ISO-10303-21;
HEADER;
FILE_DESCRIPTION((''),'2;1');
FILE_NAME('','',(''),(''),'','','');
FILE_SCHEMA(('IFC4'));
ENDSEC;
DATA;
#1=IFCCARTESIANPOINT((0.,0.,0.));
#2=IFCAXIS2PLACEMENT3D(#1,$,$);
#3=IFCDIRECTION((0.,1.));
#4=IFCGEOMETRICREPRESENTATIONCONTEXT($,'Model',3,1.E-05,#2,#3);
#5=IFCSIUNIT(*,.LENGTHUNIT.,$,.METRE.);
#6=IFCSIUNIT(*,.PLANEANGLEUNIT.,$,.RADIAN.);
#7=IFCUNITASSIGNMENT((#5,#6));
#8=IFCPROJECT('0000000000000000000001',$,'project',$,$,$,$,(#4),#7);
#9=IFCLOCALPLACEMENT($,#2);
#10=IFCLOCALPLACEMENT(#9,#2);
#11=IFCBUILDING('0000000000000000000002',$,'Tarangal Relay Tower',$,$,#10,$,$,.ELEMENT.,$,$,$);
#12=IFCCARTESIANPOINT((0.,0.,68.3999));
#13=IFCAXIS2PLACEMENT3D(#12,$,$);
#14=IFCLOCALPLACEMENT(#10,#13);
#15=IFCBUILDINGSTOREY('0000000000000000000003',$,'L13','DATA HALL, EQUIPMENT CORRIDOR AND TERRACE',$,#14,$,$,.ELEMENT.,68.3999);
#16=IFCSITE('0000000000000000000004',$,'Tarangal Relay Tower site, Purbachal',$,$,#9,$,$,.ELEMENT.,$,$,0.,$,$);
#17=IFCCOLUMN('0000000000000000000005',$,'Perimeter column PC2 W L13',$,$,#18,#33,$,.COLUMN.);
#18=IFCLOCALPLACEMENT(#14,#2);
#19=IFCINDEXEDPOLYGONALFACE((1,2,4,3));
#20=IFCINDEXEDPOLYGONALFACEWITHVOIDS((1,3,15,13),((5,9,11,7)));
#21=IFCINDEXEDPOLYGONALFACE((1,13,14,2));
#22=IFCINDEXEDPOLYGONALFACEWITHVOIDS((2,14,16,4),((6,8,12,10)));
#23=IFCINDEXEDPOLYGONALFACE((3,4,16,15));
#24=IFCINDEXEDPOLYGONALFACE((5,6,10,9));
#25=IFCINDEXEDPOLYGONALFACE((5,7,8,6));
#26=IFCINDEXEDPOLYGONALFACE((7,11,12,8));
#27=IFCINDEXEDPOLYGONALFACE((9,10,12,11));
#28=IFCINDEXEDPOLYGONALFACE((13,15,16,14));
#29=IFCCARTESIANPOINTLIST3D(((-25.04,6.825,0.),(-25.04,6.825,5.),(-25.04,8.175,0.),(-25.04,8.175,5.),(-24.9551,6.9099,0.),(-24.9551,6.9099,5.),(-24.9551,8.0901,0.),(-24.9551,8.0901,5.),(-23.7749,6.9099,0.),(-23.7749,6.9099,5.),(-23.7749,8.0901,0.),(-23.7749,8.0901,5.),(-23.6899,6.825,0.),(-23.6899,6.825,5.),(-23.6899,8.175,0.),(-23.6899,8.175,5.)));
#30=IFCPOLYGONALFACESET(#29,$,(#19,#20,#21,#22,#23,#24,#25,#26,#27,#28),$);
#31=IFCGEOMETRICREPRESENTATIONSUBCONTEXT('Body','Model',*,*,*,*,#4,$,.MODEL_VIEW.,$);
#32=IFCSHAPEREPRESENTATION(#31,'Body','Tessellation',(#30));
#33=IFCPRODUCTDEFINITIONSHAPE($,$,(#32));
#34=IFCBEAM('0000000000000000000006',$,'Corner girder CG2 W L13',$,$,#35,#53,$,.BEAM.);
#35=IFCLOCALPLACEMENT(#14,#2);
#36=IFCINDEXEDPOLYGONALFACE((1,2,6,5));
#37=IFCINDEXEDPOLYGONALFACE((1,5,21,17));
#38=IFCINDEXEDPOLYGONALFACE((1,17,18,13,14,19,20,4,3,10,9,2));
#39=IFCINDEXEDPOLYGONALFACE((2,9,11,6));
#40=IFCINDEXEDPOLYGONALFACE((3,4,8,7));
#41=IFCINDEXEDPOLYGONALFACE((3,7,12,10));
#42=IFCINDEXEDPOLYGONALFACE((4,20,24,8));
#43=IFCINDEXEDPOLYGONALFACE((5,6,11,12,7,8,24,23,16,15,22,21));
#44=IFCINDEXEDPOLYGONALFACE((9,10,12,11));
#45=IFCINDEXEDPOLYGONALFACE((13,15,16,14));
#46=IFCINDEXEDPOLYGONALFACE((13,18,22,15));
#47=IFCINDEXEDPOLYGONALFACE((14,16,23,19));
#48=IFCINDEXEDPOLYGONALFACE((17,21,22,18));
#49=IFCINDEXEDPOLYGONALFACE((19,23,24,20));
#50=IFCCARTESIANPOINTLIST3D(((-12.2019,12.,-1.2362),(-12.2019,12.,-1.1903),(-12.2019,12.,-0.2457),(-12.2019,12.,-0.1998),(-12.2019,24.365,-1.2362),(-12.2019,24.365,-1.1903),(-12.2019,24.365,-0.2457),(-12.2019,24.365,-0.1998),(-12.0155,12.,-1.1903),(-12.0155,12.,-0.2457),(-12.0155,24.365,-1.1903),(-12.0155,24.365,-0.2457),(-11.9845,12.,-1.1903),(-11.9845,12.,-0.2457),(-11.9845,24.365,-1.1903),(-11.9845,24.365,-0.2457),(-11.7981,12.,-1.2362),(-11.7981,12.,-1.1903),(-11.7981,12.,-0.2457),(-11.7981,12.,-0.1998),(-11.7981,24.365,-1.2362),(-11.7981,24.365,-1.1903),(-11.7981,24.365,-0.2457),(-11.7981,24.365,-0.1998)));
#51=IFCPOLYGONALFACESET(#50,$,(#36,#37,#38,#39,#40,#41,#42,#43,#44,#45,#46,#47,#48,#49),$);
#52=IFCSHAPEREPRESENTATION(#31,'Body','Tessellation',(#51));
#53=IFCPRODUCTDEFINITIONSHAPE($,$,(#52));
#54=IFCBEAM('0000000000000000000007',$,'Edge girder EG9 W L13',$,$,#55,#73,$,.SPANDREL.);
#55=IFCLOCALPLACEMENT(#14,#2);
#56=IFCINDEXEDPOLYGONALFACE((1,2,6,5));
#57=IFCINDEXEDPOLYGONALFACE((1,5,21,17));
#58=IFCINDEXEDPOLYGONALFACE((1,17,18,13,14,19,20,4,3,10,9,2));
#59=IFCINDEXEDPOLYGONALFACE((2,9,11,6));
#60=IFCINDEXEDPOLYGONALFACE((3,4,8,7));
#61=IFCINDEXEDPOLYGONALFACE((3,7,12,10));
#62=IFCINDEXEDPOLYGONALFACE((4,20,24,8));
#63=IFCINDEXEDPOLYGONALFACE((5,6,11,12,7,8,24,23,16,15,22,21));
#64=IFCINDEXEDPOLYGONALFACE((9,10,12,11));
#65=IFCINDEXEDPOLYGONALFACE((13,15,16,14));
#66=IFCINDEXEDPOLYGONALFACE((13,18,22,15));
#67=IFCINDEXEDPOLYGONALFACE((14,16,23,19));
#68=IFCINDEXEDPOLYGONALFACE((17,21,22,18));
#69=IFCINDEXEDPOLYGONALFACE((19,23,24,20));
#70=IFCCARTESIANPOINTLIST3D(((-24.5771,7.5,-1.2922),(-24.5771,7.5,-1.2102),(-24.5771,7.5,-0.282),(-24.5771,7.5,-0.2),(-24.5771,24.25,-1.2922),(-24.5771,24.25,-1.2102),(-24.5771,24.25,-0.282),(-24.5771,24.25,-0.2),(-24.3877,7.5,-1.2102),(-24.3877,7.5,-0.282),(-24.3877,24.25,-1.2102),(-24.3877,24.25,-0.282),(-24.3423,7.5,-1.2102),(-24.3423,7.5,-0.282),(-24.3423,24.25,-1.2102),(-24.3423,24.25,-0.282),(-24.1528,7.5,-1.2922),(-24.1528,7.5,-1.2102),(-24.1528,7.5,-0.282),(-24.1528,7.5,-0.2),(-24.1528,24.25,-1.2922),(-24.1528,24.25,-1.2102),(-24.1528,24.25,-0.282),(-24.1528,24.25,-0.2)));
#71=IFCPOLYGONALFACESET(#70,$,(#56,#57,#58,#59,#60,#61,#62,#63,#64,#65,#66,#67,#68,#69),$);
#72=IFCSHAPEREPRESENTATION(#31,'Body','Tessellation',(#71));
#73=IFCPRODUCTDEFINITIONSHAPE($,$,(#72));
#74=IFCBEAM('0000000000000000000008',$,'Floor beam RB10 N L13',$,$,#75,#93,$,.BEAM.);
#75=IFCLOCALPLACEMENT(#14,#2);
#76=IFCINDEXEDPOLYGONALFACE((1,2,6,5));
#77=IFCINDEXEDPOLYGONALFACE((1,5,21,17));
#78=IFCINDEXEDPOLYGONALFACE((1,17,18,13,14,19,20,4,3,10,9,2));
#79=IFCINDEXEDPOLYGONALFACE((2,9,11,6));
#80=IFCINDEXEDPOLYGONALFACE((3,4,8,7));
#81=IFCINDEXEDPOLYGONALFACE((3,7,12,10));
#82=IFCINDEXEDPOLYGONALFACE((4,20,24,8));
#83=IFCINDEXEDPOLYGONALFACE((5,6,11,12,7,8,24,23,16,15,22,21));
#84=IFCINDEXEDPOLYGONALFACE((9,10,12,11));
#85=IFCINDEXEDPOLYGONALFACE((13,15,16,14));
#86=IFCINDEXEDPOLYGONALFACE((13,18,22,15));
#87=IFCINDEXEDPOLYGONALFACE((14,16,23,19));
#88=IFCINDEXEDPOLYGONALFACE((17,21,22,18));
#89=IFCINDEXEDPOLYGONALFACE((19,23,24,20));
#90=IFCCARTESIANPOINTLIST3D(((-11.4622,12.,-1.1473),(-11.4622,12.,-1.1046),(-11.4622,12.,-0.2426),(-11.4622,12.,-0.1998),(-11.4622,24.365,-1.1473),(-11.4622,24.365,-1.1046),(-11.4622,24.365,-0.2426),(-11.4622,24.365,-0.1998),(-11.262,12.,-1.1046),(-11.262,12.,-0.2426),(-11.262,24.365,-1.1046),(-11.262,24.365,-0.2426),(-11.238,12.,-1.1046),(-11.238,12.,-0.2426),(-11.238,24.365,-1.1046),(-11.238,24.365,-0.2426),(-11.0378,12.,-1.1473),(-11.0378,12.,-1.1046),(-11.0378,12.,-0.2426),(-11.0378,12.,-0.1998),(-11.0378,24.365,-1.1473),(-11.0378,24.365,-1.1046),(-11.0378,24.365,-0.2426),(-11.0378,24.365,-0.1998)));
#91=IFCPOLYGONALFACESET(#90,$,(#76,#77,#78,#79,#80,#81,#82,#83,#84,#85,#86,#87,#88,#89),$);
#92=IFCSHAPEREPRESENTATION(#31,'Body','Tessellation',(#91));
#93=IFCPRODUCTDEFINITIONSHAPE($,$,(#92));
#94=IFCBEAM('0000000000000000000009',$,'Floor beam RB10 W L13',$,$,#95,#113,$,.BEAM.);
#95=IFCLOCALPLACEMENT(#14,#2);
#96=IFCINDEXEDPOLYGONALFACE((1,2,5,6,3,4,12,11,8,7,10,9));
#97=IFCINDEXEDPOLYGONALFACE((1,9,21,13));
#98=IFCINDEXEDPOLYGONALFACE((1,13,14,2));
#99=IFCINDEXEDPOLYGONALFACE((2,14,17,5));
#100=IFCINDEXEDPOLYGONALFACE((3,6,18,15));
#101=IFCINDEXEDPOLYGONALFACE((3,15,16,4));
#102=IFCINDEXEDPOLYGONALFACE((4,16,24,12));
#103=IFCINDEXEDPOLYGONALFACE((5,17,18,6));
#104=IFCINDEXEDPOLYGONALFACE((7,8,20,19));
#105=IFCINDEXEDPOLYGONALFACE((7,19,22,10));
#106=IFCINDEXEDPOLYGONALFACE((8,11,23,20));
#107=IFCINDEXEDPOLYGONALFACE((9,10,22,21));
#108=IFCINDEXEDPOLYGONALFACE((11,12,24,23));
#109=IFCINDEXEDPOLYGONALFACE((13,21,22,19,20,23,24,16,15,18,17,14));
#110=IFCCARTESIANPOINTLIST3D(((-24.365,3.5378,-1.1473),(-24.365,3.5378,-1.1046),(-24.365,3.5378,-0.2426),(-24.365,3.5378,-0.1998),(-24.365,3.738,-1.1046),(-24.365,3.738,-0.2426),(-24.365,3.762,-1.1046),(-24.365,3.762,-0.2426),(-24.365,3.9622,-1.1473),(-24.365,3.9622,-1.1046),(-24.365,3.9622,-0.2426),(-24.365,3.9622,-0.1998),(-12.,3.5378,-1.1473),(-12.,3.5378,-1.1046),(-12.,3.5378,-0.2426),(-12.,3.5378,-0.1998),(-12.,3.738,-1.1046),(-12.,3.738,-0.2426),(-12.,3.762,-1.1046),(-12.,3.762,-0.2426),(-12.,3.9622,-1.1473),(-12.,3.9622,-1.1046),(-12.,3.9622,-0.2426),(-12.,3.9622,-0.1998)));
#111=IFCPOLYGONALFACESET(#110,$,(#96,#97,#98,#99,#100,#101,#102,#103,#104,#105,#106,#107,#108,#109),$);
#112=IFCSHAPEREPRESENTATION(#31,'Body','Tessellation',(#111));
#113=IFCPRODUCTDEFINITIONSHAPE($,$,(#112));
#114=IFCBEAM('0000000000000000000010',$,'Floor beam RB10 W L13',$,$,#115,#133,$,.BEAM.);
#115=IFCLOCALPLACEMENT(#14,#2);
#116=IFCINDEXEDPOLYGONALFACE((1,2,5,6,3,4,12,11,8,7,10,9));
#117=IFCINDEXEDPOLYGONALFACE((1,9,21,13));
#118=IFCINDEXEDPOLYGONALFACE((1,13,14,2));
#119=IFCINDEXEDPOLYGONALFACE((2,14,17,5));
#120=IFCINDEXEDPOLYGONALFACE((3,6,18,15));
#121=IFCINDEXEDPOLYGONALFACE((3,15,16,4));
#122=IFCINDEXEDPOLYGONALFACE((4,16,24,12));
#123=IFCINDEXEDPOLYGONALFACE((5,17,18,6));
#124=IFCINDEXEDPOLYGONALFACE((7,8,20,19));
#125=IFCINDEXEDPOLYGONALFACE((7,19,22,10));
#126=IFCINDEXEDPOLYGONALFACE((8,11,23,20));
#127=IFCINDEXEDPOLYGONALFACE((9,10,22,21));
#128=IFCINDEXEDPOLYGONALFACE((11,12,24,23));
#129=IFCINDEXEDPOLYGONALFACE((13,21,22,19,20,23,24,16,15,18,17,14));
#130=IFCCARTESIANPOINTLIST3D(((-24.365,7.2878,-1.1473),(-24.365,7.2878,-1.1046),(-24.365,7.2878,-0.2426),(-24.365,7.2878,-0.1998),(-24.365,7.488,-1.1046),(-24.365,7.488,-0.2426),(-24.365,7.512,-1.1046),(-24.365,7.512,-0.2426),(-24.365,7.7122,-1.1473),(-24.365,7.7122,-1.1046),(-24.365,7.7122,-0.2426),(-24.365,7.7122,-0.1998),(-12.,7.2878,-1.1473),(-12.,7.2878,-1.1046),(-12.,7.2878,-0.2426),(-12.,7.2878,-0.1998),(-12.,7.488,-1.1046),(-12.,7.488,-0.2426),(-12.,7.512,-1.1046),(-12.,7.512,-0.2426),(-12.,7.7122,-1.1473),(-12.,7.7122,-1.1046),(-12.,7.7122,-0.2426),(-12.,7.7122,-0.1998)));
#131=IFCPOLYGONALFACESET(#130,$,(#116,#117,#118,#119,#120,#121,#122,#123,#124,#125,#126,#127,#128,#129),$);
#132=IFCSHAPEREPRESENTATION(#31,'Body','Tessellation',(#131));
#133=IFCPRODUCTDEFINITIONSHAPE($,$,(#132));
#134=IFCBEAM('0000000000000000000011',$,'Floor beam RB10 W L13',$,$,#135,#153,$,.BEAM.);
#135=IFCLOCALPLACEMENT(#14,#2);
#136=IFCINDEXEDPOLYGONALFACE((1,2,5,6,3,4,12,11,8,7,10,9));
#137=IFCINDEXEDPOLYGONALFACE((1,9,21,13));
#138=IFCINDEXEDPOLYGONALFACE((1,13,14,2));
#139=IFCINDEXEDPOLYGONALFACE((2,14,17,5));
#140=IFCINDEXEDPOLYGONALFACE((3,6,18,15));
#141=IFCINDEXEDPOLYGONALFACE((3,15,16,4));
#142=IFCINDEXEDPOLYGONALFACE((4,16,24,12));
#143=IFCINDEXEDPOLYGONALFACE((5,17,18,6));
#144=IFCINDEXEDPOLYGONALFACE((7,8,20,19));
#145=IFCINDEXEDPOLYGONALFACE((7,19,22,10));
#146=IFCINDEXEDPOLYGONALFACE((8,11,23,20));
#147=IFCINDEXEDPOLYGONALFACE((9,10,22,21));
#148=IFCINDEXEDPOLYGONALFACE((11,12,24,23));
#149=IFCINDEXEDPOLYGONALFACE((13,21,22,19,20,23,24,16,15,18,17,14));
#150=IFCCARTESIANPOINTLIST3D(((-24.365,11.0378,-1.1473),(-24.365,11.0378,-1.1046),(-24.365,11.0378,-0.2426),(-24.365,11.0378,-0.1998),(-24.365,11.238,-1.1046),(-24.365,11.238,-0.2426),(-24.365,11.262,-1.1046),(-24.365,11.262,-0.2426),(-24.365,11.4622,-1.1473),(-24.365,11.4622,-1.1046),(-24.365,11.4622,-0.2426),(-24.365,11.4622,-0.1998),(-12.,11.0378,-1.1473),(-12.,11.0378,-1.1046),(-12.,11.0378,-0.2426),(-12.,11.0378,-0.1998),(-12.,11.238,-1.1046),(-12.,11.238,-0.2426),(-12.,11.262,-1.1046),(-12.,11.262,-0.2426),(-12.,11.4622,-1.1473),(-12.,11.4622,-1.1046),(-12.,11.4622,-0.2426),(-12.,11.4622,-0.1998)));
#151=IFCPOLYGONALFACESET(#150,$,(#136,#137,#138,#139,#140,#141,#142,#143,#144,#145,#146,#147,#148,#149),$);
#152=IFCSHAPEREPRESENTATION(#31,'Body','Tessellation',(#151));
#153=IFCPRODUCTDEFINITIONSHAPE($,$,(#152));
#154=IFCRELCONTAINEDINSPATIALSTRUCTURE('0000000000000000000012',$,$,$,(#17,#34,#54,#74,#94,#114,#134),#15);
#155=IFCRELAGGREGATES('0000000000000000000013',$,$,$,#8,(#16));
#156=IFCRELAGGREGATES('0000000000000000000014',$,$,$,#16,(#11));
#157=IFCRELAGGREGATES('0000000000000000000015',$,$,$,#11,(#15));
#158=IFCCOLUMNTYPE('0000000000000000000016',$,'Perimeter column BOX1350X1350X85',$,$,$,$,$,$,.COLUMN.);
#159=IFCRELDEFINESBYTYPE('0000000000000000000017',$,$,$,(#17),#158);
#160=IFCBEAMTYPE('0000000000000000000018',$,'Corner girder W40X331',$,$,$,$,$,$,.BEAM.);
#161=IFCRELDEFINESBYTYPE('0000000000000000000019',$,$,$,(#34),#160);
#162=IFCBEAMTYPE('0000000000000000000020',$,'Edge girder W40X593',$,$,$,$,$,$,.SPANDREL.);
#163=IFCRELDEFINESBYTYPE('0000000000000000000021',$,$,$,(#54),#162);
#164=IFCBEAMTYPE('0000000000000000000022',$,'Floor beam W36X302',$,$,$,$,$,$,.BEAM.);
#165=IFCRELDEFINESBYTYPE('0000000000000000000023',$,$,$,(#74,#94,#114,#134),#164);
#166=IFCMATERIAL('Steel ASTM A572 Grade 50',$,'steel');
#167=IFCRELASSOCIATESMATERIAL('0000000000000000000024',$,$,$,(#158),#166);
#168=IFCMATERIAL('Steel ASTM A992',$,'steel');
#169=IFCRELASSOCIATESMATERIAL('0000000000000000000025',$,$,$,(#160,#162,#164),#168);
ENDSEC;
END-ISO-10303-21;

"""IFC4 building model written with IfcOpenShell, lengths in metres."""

from ifc_helpers import new_model, si_unit, direction, frame, origin, origin_2d, place, context, subcontext, project, spatial, hollow_rectangle, i_section, extrude, material, material_profile, profile_set, type_object, element, save


model = new_model("IFC4")

# Units and contexts
model_context = context("Model", 3, precision=1e-05, world=origin(), true_north=direction((0.0, 1.0)))
body_context = subcontext(model_context, "Body", "Model", "MODEL_VIEW")
ifc_project = project(units=[si_unit("LENGTHUNIT", "METRE"), si_unit("PLANEANGLEUNIT", "RADIAN")], contexts=[model_context])

# Site, building, storey
site_placement = place(None, origin())
site = spatial("IfcSite", under=ifc_project, at=site_placement, Name="Tarangal Relay Tower site, Purbachal", CompositionType="ELEMENT", RefElevation=0.0)
building_placement = place(site_placement, origin())
building = spatial("IfcBuilding", under=site, at=building_placement, Name="Tarangal Relay Tower", CompositionType="ELEMENT")
storey_placement = place(building_placement, frame((0.0, 0.0, 68.3999)))
storey = spatial("IfcBuildingStorey", under=building, at=storey_placement, Name="L13", Description="DATA HALL, EQUIPMENT CORRIDOR AND TERRACE", CompositionType="ELEMENT", Elevation=68.3999)

# Column
ifc_material_1 = material(Name="Steel ASTM A572 Grade 50", Category="steel")
ifc_material_profile_1 = material_profile(ifc_material_1, hollow_rectangle(XDim=1.3501, YDim=1.3501, WallThickness=0.085, at=origin_2d()), Name="BOX1350X1350X85")
ifc_profile_set_1 = profile_set([ifc_material_profile_1], Name="Steel ASTM A572 Grade 50")
column_type = type_object("IfcColumnType", Name="Perimeter column BOX1350X1350X85", PredefinedType="COLUMN", material=ifc_profile_set_1)
column_placement = place(storey_placement, frame((-24.365, 7.5, 0.0), z_axis=(0.0, 0.0, 1.0), x_axis=(1.0, 0.0, 0.0)))
element("IfcColumn", 1, at=column_placement, inside=storey, type_object=column_type, Name="Perimeter column PC2 W L13", PredefinedType="COLUMN", context=body_context, shape_type="SweptSolid", body=[
    extrude(hollow_rectangle(XDim=1.3501, YDim=1.3501, WallThickness=0.085, at=origin_2d()), origin(), (0.0, 0.0, 1.0), 5.0),
])

# Beams
ifc_material_2 = material(Name="Steel ASTM A992", Category="steel")
ifc_material_profile_2 = material_profile(ifc_material_2, i_section(OverallWidth=0.4038, OverallDepth=1.0364, WebThickness=0.031, FlangeThickness=0.0459, at=origin_2d()), Name="W40X331")
ifc_profile_set_2 = profile_set([ifc_material_profile_2], Name="Steel ASTM A992")
beam_type_1 = type_object("IfcBeamType", Name="Corner girder W40X331", PredefinedType="BEAM", material=ifc_profile_set_2)
beam_1_placement = place(storey_placement, frame((-12.0, 12.0, -0.718), z_axis=(0.0, 1.0, 0.0), x_axis=(-1.0, 0.0, 0.0)))
element("IfcBeam", 2, at=beam_1_placement, inside=storey, type_object=beam_type_1, Name="Corner girder CG2 W L13", PredefinedType="BEAM", context=body_context, shape_type="SweptSolid", body=[
    extrude(i_section(OverallWidth=0.4038, OverallDepth=1.0364, WebThickness=0.031, FlangeThickness=0.0459, at=origin_2d()), origin(), (0.0, 0.0, 1.0), 12.365),
])
ifc_material_profile_3 = material_profile(ifc_material_2, i_section(OverallWidth=0.4243, OverallDepth=1.0923, WebThickness=0.0454, FlangeThickness=0.082, at=origin_2d()), Name="W40X593")
ifc_profile_set_3 = profile_set([ifc_material_profile_3], Name="Steel ASTM A992")
beam_type_2 = type_object("IfcBeamType", Name="Edge girder W40X593", PredefinedType="SPANDREL", material=ifc_profile_set_3)
beam_2_placement = place(storey_placement, frame((-24.365, 7.5, -0.7461), z_axis=(0.0, 1.0, 0.0), x_axis=(-1.0, 0.0, 0.0)))
element("IfcBeam", 3, at=beam_2_placement, inside=storey, type_object=beam_type_2, Name="Edge girder EG9 W L13", PredefinedType="SPANDREL", context=body_context, shape_type="SweptSolid", body=[
    extrude(i_section(OverallWidth=0.4243, OverallDepth=1.0923, WebThickness=0.0454, FlangeThickness=0.082, at=origin_2d()), origin(), (0.0, 0.0, 1.0), 16.75),
])
ifc_material_profile_4 = material_profile(ifc_material_2, i_section(OverallWidth=0.4243, OverallDepth=0.9475, WebThickness=0.0239, FlangeThickness=0.0427, at=origin_2d()), Name="W36X302")
ifc_profile_set_4 = profile_set([ifc_material_profile_4], Name="Steel ASTM A992")
beam_type_3 = type_object("IfcBeamType", Name="Floor beam W36X302", PredefinedType="BEAM", material=ifc_profile_set_4)
for number, where, z_axis, x_axis, name in (
    (4, (-11.25, 12.0, -0.6736), (0.0, 1.0, 0.0), (-1.0, 0.0, 0.0), "Floor beam RB10 N L13"),
    (5, (-12.0, 3.75, -0.6736), (-1.0, 0.0, 0.0), (0.0, -1.0, 0.0), "Floor beam RB10 W L13"),
    (6, (-12.0, 7.5, -0.6736), (-1.0, 0.0, 0.0), (0.0, -1.0, 0.0), "Floor beam RB10 W L13"),
    (7, (-12.0, 11.25, -0.6736), (-1.0, 0.0, 0.0), (0.0, -1.0, 0.0), "Floor beam RB10 W L13"),
):
    element("IfcBeam", number, at=place(storey_placement, frame(where, z_axis=z_axis, x_axis=x_axis)), inside=storey, type_object=beam_type_3, Name=name, PredefinedType="BEAM", context=body_context, shape_type="SweptSolid", body=[
        extrude(i_section(OverallWidth=0.4243, OverallDepth=0.9475, WebThickness=0.0239, FlangeThickness=0.0427, at=origin_2d()), origin(), (0.0, 0.0, 1.0), 12.365),
    ])

save(model, "model.ifc")
